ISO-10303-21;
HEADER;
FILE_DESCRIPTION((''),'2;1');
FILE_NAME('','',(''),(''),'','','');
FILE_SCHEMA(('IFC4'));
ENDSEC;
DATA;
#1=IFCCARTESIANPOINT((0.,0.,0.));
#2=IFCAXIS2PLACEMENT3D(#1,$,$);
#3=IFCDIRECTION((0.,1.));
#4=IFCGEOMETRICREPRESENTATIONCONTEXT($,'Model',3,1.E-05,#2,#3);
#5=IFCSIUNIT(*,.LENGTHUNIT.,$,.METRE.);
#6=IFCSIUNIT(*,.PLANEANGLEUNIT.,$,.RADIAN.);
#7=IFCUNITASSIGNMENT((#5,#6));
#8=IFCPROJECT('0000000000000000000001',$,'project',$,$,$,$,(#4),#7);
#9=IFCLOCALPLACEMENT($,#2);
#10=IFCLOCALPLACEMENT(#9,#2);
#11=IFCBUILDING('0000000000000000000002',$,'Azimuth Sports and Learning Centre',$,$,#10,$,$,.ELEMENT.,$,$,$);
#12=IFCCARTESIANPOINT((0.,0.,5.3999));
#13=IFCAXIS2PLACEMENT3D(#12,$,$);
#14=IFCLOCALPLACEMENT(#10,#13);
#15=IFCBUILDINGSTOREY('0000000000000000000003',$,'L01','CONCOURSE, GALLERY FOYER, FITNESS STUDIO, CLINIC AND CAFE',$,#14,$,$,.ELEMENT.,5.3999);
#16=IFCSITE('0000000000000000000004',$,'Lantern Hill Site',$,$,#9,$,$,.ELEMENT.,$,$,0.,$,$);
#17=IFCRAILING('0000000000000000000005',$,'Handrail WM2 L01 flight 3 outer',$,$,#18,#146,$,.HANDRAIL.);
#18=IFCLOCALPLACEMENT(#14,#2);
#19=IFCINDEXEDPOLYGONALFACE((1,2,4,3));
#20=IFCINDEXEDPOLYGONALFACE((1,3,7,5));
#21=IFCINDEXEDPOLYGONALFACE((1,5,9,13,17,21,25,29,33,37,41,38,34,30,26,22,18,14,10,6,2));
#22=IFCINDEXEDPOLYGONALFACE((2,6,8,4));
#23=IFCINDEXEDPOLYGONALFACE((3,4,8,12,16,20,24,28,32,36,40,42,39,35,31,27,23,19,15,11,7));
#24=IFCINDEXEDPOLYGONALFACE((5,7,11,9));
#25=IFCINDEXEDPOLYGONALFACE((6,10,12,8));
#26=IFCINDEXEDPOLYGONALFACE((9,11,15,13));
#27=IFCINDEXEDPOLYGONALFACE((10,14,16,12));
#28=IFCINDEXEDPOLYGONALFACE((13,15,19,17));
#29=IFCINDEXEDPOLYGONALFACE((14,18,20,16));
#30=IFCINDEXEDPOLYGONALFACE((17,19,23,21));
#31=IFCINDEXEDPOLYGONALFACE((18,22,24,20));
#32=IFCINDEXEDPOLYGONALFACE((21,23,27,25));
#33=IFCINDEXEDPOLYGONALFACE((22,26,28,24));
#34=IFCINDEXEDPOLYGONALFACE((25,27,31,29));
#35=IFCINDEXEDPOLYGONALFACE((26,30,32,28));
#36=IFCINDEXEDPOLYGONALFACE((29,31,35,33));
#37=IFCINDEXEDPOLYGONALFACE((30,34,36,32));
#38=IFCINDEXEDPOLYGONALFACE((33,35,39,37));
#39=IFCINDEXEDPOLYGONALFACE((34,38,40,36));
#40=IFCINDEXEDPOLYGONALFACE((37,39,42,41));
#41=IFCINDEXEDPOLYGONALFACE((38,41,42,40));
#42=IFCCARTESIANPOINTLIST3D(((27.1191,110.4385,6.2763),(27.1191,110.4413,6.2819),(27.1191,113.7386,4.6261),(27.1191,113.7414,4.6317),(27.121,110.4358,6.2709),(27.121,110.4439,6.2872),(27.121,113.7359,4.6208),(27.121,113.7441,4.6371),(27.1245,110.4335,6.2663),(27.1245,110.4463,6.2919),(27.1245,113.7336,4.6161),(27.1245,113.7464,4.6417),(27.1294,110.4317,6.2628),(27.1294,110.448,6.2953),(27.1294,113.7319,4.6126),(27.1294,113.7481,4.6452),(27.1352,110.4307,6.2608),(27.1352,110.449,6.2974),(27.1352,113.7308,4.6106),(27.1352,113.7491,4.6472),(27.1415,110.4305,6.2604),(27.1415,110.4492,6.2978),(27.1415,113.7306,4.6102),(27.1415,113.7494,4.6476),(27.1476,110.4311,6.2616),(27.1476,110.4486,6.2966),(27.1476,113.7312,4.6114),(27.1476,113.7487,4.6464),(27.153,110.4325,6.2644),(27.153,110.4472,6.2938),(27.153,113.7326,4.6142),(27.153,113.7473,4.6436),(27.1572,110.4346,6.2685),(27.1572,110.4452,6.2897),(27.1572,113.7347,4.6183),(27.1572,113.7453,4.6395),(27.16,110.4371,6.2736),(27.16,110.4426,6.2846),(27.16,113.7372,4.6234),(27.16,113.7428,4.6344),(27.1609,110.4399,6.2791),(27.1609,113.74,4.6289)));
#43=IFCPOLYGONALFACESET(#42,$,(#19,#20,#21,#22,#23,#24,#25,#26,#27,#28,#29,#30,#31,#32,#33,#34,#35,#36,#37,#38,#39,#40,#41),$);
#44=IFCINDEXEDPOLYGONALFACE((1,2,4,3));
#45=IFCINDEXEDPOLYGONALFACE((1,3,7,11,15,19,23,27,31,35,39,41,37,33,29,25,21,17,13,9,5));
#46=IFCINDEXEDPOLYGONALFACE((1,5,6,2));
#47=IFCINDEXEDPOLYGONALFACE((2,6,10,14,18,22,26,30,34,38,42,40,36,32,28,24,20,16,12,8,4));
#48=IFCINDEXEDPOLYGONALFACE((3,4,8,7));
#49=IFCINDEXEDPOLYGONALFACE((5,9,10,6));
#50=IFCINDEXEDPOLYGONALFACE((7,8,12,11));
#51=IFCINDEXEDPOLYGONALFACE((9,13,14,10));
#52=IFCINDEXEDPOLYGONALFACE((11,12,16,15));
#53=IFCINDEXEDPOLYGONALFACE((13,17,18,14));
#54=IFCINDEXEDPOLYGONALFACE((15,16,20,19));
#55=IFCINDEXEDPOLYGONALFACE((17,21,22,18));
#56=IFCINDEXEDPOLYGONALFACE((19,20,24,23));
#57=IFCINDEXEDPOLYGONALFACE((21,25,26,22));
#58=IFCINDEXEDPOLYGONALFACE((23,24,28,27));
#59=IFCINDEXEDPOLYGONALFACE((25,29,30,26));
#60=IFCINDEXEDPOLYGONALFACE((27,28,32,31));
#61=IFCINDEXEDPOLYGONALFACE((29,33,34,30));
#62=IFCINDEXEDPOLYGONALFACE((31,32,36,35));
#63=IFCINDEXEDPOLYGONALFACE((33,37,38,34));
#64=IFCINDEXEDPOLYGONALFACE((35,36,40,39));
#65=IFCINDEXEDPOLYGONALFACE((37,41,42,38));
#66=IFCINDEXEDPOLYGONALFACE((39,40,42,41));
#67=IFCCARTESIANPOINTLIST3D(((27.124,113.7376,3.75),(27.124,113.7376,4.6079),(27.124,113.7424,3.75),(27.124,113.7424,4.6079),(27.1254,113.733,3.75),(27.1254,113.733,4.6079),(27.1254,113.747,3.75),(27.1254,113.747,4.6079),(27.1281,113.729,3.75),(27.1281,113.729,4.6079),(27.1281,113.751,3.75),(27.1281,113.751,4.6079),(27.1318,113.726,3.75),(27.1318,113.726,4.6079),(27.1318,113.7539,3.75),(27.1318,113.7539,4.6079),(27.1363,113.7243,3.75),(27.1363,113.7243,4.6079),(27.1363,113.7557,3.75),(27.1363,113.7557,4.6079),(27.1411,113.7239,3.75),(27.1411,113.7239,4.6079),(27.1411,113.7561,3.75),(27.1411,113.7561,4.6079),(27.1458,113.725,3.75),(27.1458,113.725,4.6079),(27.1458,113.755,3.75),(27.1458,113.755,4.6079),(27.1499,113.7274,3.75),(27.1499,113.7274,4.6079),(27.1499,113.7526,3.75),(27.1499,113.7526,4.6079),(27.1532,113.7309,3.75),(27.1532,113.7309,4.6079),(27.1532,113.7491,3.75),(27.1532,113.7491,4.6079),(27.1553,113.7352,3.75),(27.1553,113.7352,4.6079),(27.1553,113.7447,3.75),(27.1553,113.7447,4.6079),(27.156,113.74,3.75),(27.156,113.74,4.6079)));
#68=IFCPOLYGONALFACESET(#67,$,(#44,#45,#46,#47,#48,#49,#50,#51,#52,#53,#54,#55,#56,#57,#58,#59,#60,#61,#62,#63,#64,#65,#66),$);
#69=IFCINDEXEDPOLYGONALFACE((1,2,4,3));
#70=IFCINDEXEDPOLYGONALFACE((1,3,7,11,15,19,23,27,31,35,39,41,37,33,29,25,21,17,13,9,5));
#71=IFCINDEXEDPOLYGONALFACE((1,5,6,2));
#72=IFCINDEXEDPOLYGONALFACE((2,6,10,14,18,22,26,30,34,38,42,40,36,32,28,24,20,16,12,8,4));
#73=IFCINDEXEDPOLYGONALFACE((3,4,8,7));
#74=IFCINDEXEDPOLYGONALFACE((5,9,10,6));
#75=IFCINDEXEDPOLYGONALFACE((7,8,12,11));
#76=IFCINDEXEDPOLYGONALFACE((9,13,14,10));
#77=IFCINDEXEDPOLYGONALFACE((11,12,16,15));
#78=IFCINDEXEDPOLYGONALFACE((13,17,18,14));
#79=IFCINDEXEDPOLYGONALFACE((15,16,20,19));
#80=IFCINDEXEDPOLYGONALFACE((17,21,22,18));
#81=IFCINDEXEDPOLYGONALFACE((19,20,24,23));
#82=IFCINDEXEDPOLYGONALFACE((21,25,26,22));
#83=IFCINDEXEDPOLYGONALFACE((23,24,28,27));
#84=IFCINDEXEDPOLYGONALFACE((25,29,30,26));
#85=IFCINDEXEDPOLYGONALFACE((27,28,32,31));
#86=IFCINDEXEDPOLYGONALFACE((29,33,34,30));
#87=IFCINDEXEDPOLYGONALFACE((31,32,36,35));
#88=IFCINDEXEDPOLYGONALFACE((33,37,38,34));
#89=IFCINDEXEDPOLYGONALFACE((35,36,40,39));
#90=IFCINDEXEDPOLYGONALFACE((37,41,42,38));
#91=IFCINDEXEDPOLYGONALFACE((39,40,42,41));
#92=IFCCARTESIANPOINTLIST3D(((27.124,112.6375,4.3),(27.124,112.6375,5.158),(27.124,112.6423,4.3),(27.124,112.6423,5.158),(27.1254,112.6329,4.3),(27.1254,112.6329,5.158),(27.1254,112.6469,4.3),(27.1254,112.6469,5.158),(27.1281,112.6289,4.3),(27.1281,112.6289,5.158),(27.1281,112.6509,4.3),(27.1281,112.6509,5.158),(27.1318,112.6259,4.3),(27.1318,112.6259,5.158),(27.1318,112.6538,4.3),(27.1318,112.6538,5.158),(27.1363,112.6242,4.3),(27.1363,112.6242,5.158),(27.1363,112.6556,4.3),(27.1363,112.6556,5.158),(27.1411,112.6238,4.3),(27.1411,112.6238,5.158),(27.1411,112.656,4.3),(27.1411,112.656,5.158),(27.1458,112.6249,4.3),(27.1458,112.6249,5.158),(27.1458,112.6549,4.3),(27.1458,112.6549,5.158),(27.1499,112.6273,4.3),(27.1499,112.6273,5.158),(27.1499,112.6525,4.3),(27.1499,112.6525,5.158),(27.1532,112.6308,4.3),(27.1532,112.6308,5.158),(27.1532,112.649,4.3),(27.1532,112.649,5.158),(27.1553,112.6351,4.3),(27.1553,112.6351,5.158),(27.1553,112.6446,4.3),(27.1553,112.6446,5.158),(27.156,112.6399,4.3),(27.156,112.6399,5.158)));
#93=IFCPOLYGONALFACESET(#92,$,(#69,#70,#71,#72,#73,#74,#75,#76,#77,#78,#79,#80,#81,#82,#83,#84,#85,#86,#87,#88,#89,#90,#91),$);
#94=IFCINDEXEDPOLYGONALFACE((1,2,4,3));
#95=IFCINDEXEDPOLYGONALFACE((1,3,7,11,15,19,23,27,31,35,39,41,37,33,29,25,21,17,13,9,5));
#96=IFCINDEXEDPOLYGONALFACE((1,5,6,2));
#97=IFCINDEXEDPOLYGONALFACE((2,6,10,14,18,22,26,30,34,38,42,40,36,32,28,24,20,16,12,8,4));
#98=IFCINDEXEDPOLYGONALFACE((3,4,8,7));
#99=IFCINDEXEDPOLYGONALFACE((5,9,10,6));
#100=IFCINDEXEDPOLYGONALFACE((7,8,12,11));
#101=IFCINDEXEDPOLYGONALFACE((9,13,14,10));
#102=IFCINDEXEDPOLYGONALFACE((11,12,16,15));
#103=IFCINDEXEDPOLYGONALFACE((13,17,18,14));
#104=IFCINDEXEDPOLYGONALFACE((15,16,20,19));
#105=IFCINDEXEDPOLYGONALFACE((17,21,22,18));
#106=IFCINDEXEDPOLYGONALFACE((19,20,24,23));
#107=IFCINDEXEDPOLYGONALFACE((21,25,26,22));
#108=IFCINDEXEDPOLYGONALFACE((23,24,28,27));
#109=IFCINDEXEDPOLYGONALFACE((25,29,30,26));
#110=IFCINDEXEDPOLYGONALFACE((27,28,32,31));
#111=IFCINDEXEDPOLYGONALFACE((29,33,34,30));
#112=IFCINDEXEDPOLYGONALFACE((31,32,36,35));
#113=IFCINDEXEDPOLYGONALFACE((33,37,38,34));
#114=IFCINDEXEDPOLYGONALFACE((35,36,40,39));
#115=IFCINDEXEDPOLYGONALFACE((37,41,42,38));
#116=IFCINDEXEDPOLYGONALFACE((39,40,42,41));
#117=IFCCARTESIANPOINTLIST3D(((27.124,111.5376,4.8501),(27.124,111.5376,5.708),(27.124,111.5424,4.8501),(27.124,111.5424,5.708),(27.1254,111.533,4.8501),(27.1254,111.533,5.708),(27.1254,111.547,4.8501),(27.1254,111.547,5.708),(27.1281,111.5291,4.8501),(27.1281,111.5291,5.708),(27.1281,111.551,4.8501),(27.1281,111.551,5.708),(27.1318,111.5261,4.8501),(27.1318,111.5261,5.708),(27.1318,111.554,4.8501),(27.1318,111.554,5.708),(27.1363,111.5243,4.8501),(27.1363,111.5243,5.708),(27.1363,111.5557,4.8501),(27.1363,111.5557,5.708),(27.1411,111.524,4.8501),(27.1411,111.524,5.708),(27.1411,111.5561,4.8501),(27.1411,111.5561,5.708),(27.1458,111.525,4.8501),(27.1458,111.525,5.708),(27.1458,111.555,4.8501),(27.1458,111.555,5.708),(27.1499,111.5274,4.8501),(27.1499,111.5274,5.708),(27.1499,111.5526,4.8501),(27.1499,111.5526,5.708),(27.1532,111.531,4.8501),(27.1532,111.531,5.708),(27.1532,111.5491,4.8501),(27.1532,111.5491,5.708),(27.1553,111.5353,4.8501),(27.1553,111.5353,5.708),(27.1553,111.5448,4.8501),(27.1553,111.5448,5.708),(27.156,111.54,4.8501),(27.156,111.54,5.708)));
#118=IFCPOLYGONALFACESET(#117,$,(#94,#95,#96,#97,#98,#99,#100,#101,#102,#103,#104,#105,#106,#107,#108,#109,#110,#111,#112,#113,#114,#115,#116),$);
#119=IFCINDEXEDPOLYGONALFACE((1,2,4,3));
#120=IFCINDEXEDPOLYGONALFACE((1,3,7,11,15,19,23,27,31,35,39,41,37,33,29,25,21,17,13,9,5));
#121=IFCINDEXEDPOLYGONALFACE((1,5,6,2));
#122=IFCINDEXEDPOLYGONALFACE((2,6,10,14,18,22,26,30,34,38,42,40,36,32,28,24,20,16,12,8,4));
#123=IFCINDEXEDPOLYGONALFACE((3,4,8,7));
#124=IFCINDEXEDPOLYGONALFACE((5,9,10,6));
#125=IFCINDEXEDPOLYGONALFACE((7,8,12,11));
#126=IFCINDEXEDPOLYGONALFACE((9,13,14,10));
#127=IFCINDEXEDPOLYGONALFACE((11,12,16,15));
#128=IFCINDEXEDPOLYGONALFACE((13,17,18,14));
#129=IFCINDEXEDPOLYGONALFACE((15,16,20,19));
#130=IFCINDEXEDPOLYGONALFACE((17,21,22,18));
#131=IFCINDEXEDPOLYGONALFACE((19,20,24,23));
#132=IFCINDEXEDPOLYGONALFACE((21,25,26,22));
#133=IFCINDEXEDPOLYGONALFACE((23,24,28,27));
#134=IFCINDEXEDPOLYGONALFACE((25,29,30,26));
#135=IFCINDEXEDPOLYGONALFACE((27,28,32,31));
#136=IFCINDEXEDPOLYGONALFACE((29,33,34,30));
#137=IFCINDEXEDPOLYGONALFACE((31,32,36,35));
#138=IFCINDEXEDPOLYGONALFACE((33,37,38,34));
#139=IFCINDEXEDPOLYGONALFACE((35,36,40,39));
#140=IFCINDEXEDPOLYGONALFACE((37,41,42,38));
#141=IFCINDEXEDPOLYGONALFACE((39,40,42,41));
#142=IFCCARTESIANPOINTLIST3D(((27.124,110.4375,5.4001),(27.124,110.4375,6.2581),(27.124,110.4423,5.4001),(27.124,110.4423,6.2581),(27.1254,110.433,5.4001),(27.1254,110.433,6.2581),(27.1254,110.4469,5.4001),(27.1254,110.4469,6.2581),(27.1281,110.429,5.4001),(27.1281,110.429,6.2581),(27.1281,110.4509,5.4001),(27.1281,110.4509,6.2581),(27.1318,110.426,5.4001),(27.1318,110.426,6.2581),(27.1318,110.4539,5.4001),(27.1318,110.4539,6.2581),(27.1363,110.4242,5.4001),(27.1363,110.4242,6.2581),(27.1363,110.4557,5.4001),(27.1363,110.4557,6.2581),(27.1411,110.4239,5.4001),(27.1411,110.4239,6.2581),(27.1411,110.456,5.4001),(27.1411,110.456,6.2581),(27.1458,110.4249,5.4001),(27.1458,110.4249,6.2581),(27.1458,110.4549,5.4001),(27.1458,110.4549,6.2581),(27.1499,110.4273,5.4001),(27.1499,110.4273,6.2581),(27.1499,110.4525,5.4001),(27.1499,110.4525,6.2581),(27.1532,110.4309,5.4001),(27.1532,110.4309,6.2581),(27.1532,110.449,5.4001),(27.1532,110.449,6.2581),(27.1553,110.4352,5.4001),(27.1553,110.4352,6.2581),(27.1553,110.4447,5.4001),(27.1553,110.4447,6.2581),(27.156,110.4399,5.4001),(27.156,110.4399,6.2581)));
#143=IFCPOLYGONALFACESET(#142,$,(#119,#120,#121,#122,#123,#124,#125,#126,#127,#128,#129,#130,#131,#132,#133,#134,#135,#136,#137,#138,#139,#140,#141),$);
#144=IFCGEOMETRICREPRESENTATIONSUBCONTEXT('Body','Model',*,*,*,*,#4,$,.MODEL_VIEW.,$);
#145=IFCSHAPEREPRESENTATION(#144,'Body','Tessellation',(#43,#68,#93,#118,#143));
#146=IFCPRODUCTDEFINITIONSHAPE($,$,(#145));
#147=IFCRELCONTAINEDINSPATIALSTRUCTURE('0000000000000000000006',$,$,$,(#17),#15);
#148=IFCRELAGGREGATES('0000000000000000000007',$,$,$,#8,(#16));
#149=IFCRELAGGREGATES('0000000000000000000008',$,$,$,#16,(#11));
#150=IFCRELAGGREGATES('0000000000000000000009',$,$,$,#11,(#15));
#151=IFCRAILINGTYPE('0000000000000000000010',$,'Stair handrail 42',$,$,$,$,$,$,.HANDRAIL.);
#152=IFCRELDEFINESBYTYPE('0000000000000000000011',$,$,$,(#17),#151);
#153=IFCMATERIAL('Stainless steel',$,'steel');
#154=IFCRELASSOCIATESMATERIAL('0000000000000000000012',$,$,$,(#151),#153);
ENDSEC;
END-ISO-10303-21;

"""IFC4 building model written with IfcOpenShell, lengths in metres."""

from ifc_helpers import new_model, si_unit, direction, frame, origin, origin_2d, place, context, subcontext, project, spatial, circle, extrude, material, type_object, element, save


model = new_model("IFC4")

# Units and contexts
model_context = context("Model", 3, precision=1e-05, world=origin(), true_north=direction((0.0, 1.0)))
body_context = subcontext(model_context, "Body", "Model", "MODEL_VIEW")
ifc_project = project(units=[si_unit("LENGTHUNIT", "METRE"), si_unit("PLANEANGLEUNIT", "RADIAN")], contexts=[model_context])

# Site, building, storey
site_placement = place(None, origin())
site = spatial("IfcSite", under=ifc_project, at=site_placement, Name="Lantern Hill Site", CompositionType="ELEMENT", RefElevation=0.0)
building_placement = place(site_placement, origin())
building = spatial("IfcBuilding", under=site, at=building_placement, Name="Azimuth Sports and Learning Centre", CompositionType="ELEMENT")
storey_placement = place(building_placement, frame((0.0, 0.0, 5.3999)))
storey = spatial("IfcBuildingStorey", under=building, at=storey_placement, Name="L01", Description="CONCOURSE, GALLERY FOYER, FITNESS STUDIO, CLINIC AND CAFE", CompositionType="ELEMENT", Elevation=5.3999)

# Railing
ifc_material_1 = material(Name="Stainless steel", Category="steel")
railing_type_1 = type_object("IfcRailingType", Name="Stair handrail 42", PredefinedType="HANDRAIL", material=ifc_material_1)
for number, where, name in (
    (1, (27.1399, 113.74, 3.75), "Handrail WM2 L01 flight 3 outer"),
):
    element("IfcRailing", number, at=place(storey_placement, frame(where)), inside=storey, type_object=railing_type_1, Name=name, PredefinedType="HANDRAIL", context=body_context, shape_type="SweptSolid", body=[
        extrude(circle(Radius=0.021, at=origin_2d()), frame((0.0, 0.0, 0.8789), z_axis=(0.0, -0.894414, 0.44724), x_axis=(1.0, 0.0, 0.0)), (0.0, 0.0, 1.0), 3.6897),
        extrude(circle(Radius=0.0161, at=origin_2d()), origin(), (0.0, 0.0, 1.0), 0.8579),
        extrude(circle(Radius=0.0161, at=origin_2d()), frame((0.0, -1.1001, 0.55)), (0.0, 0.0, 1.0), 0.8579),
        extrude(circle(Radius=0.0161, at=origin_2d()), frame((0.0, -2.2, 1.1001)), (0.0, 0.0, 1.0), 0.8579),
        extrude(circle(Radius=0.0161, at=origin_2d()), frame((0.0, -3.3, 1.6501)), (0.0, 0.0, 1.0), 0.8579),
    ])

save(model, "model.ifc")
